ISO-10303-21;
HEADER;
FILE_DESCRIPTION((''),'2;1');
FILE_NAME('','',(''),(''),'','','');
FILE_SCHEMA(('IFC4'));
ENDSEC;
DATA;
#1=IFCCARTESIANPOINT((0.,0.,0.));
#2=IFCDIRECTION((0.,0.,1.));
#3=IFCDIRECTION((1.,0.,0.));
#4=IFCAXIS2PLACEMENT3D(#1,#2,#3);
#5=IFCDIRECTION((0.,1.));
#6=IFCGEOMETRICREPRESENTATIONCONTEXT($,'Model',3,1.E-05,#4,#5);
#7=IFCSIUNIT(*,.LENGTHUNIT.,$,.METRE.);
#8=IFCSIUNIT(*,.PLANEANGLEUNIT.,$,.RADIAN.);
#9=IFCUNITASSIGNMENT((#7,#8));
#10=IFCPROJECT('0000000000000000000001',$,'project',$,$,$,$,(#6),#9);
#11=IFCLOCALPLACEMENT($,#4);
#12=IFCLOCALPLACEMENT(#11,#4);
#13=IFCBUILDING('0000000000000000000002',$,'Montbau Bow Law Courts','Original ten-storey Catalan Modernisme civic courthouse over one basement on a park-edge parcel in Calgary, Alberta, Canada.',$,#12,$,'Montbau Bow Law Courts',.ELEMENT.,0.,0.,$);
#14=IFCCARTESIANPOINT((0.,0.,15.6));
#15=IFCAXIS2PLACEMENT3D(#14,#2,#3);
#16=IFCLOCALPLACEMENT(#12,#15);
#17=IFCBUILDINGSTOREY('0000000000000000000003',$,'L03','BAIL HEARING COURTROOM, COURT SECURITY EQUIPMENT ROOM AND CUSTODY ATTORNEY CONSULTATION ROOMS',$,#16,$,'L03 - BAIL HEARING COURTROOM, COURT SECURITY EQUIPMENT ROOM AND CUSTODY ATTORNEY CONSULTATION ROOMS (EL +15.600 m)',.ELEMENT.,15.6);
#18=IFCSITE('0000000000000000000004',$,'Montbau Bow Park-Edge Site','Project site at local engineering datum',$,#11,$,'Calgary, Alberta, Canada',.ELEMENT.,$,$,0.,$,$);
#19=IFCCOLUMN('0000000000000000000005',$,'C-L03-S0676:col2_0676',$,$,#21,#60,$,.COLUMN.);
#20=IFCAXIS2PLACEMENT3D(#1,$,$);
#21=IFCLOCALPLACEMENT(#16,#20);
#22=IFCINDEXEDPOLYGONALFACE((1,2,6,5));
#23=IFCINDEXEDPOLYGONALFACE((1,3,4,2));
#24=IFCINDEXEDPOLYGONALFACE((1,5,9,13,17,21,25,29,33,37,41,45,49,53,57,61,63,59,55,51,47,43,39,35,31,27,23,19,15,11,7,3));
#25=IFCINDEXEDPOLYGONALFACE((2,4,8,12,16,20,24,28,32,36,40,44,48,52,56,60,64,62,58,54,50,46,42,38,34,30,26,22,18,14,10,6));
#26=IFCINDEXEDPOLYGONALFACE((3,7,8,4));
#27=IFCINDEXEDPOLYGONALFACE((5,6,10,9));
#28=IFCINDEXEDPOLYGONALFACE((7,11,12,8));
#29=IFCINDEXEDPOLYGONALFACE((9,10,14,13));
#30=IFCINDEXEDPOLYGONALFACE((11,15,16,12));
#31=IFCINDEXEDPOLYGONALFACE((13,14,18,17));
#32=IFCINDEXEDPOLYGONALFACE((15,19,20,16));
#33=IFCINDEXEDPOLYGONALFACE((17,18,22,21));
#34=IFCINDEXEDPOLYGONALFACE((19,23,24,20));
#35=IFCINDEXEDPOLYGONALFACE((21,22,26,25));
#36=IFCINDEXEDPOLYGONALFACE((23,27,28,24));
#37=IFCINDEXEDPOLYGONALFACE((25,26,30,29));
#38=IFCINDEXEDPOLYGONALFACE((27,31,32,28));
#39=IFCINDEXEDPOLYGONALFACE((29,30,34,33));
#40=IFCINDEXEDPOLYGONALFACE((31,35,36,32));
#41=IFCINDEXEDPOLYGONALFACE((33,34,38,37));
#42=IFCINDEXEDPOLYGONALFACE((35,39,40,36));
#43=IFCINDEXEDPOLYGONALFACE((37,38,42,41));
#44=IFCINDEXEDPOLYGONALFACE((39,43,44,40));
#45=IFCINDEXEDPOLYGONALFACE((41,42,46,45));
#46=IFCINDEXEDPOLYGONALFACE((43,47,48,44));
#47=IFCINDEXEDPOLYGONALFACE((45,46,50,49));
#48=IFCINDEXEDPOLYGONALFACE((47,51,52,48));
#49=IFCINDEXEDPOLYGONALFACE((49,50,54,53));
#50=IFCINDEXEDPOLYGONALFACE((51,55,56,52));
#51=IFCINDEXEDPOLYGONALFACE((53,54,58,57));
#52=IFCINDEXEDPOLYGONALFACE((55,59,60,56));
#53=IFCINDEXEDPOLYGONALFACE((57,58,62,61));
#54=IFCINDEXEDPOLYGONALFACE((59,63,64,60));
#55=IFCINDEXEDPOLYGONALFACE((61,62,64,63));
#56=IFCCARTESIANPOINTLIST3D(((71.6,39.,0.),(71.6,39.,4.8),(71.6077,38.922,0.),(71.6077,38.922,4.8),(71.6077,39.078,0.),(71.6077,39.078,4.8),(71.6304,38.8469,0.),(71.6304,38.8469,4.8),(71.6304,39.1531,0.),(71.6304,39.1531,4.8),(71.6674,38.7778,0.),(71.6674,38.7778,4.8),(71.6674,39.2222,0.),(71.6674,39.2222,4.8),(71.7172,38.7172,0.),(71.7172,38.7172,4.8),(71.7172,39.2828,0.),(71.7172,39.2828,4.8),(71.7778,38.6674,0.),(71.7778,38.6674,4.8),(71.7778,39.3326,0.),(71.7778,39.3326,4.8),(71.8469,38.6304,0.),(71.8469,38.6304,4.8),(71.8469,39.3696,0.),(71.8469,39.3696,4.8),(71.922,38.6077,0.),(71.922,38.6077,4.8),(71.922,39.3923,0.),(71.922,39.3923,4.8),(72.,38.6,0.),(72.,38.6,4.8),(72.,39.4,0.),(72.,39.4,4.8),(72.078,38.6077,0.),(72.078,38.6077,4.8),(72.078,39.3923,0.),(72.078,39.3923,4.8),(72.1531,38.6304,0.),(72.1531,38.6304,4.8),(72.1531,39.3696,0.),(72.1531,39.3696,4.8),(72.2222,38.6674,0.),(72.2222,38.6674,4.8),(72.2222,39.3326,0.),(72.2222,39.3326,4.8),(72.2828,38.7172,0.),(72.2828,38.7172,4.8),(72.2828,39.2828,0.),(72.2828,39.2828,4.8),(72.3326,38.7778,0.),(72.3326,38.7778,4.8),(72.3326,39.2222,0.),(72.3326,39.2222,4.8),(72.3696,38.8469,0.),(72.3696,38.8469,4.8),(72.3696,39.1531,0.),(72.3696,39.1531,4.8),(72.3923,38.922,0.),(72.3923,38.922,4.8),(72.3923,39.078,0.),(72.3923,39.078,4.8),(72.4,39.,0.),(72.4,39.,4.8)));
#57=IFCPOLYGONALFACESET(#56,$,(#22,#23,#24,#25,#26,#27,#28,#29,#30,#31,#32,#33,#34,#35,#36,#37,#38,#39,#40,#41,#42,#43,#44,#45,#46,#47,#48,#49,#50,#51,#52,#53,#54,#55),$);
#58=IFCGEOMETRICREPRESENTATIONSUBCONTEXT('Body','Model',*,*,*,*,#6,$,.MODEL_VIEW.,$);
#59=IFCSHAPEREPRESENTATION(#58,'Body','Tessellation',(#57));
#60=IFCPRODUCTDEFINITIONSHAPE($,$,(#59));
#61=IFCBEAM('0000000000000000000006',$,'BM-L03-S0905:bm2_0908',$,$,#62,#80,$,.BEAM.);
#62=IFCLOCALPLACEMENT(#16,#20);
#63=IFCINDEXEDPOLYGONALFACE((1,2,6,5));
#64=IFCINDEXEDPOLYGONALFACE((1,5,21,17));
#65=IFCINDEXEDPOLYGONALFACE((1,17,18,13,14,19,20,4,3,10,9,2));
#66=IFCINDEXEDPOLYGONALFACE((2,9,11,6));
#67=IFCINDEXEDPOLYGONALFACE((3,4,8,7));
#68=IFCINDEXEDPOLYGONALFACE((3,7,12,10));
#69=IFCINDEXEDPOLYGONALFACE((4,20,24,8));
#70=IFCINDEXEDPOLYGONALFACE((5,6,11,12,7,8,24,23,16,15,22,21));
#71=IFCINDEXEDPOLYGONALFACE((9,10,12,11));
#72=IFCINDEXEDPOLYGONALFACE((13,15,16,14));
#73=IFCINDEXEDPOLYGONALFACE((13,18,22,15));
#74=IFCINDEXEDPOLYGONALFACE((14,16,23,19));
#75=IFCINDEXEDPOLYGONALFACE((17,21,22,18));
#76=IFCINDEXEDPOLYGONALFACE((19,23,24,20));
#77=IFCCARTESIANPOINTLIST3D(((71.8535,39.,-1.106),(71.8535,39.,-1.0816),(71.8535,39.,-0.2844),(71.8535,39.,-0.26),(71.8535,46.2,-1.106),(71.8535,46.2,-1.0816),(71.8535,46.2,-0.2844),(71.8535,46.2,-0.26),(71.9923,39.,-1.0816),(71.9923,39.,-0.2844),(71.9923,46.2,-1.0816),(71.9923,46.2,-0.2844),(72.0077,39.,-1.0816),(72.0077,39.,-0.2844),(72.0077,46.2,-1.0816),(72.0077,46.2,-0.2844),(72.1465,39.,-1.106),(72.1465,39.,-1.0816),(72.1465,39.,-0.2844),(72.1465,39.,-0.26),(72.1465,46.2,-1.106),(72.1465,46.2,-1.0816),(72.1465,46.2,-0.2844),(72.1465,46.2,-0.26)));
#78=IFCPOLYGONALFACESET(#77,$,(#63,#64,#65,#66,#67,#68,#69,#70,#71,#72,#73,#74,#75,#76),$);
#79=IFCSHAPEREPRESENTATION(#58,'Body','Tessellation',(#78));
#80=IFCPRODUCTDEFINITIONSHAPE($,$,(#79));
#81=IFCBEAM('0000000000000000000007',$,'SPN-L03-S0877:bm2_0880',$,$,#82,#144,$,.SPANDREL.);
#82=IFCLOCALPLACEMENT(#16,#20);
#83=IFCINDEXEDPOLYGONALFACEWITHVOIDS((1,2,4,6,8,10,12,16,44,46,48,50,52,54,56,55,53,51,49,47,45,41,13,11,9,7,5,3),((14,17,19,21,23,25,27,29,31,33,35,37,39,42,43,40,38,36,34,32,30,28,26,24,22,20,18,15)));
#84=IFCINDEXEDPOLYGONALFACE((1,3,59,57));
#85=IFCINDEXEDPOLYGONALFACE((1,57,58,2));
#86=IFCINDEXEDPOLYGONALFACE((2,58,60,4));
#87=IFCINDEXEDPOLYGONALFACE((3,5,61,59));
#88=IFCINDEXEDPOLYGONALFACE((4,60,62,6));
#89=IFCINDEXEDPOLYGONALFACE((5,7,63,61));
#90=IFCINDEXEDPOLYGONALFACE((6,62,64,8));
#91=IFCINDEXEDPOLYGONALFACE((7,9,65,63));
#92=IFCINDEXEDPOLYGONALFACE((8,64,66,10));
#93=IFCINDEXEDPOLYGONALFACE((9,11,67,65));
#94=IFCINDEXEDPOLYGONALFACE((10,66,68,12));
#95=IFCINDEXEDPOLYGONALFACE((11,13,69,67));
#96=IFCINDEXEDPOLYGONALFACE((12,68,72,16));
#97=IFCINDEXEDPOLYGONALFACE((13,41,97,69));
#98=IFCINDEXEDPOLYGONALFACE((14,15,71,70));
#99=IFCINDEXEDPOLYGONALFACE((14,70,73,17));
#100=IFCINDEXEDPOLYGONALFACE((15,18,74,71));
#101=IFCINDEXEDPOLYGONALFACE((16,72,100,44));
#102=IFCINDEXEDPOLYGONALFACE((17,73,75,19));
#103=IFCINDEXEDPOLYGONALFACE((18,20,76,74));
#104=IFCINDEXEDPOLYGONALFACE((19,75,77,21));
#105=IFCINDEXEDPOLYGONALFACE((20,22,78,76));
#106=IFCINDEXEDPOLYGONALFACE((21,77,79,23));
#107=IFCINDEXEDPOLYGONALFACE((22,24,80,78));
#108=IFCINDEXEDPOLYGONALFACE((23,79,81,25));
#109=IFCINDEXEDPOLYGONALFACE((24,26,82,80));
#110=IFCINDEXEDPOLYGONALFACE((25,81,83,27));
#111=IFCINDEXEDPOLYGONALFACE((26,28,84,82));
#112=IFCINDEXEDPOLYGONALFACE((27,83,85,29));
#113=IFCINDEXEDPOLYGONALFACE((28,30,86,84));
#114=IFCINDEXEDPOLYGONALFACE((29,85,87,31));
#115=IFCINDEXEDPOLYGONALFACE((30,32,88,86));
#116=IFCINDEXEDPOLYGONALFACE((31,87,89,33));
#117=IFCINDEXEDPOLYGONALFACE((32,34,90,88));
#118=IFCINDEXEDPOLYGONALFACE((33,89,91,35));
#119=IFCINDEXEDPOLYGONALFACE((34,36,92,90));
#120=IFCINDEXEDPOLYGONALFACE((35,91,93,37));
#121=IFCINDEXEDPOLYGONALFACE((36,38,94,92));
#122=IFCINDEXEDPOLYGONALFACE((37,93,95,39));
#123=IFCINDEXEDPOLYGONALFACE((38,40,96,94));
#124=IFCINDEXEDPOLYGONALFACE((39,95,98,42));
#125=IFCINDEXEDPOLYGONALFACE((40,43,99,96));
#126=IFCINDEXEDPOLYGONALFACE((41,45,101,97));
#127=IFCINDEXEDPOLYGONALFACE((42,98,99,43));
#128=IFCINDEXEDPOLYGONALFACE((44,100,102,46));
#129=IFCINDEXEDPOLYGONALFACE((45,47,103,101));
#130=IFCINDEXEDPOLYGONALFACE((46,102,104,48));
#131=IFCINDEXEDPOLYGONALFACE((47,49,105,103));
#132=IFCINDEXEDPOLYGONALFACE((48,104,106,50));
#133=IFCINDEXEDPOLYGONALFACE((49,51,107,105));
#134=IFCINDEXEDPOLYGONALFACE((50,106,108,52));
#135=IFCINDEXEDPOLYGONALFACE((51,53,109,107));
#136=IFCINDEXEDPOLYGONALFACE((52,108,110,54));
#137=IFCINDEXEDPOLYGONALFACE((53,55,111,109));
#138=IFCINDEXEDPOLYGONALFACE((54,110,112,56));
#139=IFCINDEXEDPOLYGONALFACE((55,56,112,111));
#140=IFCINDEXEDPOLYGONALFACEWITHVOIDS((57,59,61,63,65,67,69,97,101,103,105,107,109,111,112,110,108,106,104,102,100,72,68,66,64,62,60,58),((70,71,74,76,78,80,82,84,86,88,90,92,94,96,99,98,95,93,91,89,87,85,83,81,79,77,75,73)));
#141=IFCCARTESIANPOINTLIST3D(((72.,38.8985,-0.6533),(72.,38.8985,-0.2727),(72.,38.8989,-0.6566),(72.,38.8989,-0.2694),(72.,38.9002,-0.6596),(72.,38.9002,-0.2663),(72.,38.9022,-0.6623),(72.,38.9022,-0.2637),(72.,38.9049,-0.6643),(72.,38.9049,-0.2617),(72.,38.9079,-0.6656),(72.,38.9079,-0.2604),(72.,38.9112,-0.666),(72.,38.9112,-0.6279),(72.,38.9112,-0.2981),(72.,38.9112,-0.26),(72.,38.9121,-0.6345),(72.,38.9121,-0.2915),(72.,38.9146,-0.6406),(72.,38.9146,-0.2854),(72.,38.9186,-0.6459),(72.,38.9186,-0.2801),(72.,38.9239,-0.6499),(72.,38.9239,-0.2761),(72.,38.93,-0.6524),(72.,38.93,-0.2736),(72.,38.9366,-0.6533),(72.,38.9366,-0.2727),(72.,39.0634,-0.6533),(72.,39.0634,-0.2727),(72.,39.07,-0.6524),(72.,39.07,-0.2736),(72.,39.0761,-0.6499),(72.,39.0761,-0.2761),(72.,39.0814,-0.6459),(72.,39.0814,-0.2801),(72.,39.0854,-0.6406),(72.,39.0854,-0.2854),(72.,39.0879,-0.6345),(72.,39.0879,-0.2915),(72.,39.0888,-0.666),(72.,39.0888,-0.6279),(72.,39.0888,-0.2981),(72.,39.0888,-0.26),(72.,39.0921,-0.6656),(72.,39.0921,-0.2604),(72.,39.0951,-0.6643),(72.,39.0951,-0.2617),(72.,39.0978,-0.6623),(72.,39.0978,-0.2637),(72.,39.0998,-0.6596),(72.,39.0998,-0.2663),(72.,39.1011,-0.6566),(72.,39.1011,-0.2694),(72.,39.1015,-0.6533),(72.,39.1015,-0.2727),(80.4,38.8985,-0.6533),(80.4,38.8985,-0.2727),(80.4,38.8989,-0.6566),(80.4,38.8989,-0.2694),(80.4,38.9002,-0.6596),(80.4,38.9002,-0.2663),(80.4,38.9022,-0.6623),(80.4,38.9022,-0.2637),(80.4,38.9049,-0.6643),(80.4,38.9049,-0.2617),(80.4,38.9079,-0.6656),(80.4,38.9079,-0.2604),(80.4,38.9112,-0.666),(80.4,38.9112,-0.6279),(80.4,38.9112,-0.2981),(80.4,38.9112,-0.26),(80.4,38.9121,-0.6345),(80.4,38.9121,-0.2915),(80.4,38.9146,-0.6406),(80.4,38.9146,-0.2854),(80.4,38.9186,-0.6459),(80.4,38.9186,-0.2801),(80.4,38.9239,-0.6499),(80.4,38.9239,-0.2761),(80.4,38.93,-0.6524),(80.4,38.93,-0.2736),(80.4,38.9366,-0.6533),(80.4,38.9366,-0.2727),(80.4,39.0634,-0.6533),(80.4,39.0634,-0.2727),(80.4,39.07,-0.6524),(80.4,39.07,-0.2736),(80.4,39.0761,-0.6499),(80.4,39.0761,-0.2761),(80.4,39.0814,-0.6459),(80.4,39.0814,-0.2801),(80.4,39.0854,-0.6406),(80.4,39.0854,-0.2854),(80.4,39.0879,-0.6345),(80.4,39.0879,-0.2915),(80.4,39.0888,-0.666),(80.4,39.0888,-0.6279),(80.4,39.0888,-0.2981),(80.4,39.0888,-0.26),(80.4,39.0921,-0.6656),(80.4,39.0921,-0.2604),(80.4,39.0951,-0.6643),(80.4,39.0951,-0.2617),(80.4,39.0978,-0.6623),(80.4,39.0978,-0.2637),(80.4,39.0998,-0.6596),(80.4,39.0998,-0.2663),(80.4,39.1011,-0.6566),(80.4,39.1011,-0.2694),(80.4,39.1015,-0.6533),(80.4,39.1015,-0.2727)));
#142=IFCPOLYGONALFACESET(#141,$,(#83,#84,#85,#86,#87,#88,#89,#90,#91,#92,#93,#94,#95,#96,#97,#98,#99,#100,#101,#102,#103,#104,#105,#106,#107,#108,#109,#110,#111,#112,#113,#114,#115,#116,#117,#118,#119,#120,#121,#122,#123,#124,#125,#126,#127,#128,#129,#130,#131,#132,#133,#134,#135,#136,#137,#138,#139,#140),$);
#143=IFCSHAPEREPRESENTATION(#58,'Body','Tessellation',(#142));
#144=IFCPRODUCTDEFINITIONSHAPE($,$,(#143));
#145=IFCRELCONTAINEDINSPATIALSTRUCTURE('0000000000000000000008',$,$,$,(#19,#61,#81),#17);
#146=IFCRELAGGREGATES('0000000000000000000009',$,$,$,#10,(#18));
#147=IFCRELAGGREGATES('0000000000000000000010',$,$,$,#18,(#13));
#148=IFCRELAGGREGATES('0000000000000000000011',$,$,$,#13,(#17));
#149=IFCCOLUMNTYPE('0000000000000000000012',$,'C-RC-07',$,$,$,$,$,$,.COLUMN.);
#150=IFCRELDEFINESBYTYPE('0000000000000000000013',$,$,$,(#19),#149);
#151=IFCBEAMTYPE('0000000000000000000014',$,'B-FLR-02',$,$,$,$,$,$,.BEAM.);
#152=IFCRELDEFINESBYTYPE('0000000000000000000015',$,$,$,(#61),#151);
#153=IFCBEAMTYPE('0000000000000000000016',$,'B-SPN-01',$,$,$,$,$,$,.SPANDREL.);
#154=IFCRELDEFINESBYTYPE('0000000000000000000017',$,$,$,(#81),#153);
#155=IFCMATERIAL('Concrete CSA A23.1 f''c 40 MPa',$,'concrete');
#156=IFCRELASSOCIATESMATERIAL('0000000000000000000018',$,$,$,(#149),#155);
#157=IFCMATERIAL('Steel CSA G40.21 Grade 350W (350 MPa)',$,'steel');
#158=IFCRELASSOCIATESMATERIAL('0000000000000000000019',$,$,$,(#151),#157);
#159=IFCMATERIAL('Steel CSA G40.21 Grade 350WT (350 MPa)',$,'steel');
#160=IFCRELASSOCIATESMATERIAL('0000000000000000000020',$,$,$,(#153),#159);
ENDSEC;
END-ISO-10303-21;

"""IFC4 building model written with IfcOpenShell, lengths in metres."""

from ifc_helpers import new_model, si_unit, direction, frame, origin_with_axes, origin_2d_with_axis, place, context, subcontext, project, spatial, hollow_rectangle, circle, i_section, extrude, material, material_profile, profile_set, type_object, element, save


model = new_model("IFC4")

# Units and contexts
model_context = context("Model", 3, precision=1e-05, world=origin_with_axes(), true_north=direction((0.0, 1.0)))
body_context = subcontext(model_context, "Body", "Model", "MODEL_VIEW")
ifc_project = project(units=[si_unit("LENGTHUNIT", "METRE"), si_unit("PLANEANGLEUNIT", "RADIAN")], contexts=[model_context])

# Site, building, storey
site_placement = place(None, origin_with_axes())
site = spatial("IfcSite", under=ifc_project, at=site_placement, Name="Montbau Bow Park-Edge Site", Description="Project site at local engineering datum", LongName="Calgary, Alberta, Canada", CompositionType="ELEMENT", RefElevation=0.0)
building_placement = place(site_placement, origin_with_axes())
building = spatial("IfcBuilding", under=site, at=building_placement, Name="Montbau Bow Law Courts", Description="Original ten-storey Catalan Modernisme civic courthouse over one basement on a park-edge parcel in Calgary, Alberta, Canada.", LongName="Montbau Bow Law Courts", CompositionType="ELEMENT", ElevationOfRefHeight=0.0, ElevationOfTerrain=0.0)
storey_placement = place(building_placement, frame((0.0, 0.0, 15.6), z_axis=(0.0, 0.0, 1.0), x_axis=(1.0, 0.0, 0.0)))
storey = spatial("IfcBuildingStorey", under=building, at=storey_placement, Name="L03", Description="BAIL HEARING COURTROOM, COURT SECURITY EQUIPMENT ROOM AND CUSTODY ATTORNEY CONSULTATION ROOMS", LongName="L03 - BAIL HEARING COURTROOM, COURT SECURITY EQUIPMENT ROOM AND CUSTODY ATTORNEY CONSULTATION ROOMS (EL +15.600 m)", CompositionType="ELEMENT", Elevation=15.6)

# Column
ifc_material_1 = material(Name="Concrete CSA A23.1 f'c 40 MPa", Category="concrete")
ifc_material_profile_1 = material_profile(ifc_material_1, circle(Radius=0.4, at=origin_2d_with_axis()), Name="RC800D", Category="Main", Priority=0)
ifc_profile_set_1 = profile_set([ifc_material_profile_1], Name="Concrete CSA A23.1 f'c 40 MPa")
column_type = type_object("IfcColumnType", Name="C-RC-07", PredefinedType="COLUMN", material=ifc_profile_set_1)
column_placement = place(None, frame((72.0, 39.0, 15.6), z_axis=(0.0, 0.0, 1.0), x_axis=(1.0, 0.0, 0.0)))
element("IfcColumn", 1, at=column_placement, inside=storey, type_object=column_type, Name="C-L03-S0676:col2_0676", PredefinedType="COLUMN", context=body_context, shape_type="SweptSolid", body=[
    extrude(circle(Radius=0.4, at=origin_2d_with_axis()), origin_with_axes(), (0.0, 0.0, 1.0), 4.8),
])

# Beams
ifc_material_2 = material(Name="Steel CSA G40.21 Grade 350W (350 MPa)", Category="steel")
ifc_material_profile_2 = material_profile(ifc_material_2, i_section(OverallWidth=0.293, OverallDepth=0.846, WebThickness=0.0154, FlangeThickness=0.0244, at=origin_2d_with_axis()), Name="W840X210", Category="Main", Priority=0)
ifc_profile_set_2 = profile_set([ifc_material_profile_2], Name="Steel CSA G40.21 Grade 350W (350 MPa)")
beam_type_1 = type_object("IfcBeamType", Name="B-FLR-02", PredefinedType="BEAM", material=ifc_profile_set_2)
beam_1_placement = place(None, frame((72.0, 39.0, 14.917), z_axis=(0.0, 1.0, 0.0), x_axis=(-1.0, 0.0, 0.0)))
element("IfcBeam", 2, at=beam_1_placement, inside=storey, type_object=beam_type_1, Name="BM-L03-S0905:bm2_0908", PredefinedType="BEAM", context=body_context, shape_type="SweptSolid", body=[
    extrude(i_section(OverallWidth=0.293, OverallDepth=0.846, WebThickness=0.0154, FlangeThickness=0.0244, at=origin_2d_with_axis()), origin_with_axes(), (0.0, 0.0, 1.0), 7.2),
])
ifc_material_3 = material(Name="Steel CSA G40.21 Grade 350WT (350 MPa)", Category="steel")
ifc_material_profile_3 = material_profile(ifc_material_3, hollow_rectangle(XDim=0.203, YDim=0.406, WallThickness=0.0127, InnerFilletRadius=0.0254, OuterFilletRadius=0.0127, at=origin_2d_with_axis()), Name="HSS406X203X13", Category="Main", Priority=0)
ifc_profile_set_3 = profile_set([ifc_material_profile_3], Name="Steel CSA G40.21 Grade 350WT (350 MPa)")
beam_type_2 = type_object("IfcBeamType", Name="B-SPN-01", PredefinedType="SPANDREL", material=ifc_profile_set_3)
beam_2_placement = place(None, frame((72.0, 39.0, 15.137), z_axis=(1.0, 0.0, 0.0), x_axis=(0.0, 1.0, 0.0)))
element("IfcBeam", 3, at=beam_2_placement, inside=storey, type_object=beam_type_2, Name="SPN-L03-S0877:bm2_0880", PredefinedType="SPANDREL", context=body_context, shape_type="SweptSolid", body=[
    extrude(hollow_rectangle(XDim=0.203, YDim=0.406, WallThickness=0.0127, InnerFilletRadius=0.0254, OuterFilletRadius=0.0127, at=origin_2d_with_axis()), origin_with_axes(), (0.0, 0.0, 1.0), 8.4),
])

save(model, "model.ifc")
